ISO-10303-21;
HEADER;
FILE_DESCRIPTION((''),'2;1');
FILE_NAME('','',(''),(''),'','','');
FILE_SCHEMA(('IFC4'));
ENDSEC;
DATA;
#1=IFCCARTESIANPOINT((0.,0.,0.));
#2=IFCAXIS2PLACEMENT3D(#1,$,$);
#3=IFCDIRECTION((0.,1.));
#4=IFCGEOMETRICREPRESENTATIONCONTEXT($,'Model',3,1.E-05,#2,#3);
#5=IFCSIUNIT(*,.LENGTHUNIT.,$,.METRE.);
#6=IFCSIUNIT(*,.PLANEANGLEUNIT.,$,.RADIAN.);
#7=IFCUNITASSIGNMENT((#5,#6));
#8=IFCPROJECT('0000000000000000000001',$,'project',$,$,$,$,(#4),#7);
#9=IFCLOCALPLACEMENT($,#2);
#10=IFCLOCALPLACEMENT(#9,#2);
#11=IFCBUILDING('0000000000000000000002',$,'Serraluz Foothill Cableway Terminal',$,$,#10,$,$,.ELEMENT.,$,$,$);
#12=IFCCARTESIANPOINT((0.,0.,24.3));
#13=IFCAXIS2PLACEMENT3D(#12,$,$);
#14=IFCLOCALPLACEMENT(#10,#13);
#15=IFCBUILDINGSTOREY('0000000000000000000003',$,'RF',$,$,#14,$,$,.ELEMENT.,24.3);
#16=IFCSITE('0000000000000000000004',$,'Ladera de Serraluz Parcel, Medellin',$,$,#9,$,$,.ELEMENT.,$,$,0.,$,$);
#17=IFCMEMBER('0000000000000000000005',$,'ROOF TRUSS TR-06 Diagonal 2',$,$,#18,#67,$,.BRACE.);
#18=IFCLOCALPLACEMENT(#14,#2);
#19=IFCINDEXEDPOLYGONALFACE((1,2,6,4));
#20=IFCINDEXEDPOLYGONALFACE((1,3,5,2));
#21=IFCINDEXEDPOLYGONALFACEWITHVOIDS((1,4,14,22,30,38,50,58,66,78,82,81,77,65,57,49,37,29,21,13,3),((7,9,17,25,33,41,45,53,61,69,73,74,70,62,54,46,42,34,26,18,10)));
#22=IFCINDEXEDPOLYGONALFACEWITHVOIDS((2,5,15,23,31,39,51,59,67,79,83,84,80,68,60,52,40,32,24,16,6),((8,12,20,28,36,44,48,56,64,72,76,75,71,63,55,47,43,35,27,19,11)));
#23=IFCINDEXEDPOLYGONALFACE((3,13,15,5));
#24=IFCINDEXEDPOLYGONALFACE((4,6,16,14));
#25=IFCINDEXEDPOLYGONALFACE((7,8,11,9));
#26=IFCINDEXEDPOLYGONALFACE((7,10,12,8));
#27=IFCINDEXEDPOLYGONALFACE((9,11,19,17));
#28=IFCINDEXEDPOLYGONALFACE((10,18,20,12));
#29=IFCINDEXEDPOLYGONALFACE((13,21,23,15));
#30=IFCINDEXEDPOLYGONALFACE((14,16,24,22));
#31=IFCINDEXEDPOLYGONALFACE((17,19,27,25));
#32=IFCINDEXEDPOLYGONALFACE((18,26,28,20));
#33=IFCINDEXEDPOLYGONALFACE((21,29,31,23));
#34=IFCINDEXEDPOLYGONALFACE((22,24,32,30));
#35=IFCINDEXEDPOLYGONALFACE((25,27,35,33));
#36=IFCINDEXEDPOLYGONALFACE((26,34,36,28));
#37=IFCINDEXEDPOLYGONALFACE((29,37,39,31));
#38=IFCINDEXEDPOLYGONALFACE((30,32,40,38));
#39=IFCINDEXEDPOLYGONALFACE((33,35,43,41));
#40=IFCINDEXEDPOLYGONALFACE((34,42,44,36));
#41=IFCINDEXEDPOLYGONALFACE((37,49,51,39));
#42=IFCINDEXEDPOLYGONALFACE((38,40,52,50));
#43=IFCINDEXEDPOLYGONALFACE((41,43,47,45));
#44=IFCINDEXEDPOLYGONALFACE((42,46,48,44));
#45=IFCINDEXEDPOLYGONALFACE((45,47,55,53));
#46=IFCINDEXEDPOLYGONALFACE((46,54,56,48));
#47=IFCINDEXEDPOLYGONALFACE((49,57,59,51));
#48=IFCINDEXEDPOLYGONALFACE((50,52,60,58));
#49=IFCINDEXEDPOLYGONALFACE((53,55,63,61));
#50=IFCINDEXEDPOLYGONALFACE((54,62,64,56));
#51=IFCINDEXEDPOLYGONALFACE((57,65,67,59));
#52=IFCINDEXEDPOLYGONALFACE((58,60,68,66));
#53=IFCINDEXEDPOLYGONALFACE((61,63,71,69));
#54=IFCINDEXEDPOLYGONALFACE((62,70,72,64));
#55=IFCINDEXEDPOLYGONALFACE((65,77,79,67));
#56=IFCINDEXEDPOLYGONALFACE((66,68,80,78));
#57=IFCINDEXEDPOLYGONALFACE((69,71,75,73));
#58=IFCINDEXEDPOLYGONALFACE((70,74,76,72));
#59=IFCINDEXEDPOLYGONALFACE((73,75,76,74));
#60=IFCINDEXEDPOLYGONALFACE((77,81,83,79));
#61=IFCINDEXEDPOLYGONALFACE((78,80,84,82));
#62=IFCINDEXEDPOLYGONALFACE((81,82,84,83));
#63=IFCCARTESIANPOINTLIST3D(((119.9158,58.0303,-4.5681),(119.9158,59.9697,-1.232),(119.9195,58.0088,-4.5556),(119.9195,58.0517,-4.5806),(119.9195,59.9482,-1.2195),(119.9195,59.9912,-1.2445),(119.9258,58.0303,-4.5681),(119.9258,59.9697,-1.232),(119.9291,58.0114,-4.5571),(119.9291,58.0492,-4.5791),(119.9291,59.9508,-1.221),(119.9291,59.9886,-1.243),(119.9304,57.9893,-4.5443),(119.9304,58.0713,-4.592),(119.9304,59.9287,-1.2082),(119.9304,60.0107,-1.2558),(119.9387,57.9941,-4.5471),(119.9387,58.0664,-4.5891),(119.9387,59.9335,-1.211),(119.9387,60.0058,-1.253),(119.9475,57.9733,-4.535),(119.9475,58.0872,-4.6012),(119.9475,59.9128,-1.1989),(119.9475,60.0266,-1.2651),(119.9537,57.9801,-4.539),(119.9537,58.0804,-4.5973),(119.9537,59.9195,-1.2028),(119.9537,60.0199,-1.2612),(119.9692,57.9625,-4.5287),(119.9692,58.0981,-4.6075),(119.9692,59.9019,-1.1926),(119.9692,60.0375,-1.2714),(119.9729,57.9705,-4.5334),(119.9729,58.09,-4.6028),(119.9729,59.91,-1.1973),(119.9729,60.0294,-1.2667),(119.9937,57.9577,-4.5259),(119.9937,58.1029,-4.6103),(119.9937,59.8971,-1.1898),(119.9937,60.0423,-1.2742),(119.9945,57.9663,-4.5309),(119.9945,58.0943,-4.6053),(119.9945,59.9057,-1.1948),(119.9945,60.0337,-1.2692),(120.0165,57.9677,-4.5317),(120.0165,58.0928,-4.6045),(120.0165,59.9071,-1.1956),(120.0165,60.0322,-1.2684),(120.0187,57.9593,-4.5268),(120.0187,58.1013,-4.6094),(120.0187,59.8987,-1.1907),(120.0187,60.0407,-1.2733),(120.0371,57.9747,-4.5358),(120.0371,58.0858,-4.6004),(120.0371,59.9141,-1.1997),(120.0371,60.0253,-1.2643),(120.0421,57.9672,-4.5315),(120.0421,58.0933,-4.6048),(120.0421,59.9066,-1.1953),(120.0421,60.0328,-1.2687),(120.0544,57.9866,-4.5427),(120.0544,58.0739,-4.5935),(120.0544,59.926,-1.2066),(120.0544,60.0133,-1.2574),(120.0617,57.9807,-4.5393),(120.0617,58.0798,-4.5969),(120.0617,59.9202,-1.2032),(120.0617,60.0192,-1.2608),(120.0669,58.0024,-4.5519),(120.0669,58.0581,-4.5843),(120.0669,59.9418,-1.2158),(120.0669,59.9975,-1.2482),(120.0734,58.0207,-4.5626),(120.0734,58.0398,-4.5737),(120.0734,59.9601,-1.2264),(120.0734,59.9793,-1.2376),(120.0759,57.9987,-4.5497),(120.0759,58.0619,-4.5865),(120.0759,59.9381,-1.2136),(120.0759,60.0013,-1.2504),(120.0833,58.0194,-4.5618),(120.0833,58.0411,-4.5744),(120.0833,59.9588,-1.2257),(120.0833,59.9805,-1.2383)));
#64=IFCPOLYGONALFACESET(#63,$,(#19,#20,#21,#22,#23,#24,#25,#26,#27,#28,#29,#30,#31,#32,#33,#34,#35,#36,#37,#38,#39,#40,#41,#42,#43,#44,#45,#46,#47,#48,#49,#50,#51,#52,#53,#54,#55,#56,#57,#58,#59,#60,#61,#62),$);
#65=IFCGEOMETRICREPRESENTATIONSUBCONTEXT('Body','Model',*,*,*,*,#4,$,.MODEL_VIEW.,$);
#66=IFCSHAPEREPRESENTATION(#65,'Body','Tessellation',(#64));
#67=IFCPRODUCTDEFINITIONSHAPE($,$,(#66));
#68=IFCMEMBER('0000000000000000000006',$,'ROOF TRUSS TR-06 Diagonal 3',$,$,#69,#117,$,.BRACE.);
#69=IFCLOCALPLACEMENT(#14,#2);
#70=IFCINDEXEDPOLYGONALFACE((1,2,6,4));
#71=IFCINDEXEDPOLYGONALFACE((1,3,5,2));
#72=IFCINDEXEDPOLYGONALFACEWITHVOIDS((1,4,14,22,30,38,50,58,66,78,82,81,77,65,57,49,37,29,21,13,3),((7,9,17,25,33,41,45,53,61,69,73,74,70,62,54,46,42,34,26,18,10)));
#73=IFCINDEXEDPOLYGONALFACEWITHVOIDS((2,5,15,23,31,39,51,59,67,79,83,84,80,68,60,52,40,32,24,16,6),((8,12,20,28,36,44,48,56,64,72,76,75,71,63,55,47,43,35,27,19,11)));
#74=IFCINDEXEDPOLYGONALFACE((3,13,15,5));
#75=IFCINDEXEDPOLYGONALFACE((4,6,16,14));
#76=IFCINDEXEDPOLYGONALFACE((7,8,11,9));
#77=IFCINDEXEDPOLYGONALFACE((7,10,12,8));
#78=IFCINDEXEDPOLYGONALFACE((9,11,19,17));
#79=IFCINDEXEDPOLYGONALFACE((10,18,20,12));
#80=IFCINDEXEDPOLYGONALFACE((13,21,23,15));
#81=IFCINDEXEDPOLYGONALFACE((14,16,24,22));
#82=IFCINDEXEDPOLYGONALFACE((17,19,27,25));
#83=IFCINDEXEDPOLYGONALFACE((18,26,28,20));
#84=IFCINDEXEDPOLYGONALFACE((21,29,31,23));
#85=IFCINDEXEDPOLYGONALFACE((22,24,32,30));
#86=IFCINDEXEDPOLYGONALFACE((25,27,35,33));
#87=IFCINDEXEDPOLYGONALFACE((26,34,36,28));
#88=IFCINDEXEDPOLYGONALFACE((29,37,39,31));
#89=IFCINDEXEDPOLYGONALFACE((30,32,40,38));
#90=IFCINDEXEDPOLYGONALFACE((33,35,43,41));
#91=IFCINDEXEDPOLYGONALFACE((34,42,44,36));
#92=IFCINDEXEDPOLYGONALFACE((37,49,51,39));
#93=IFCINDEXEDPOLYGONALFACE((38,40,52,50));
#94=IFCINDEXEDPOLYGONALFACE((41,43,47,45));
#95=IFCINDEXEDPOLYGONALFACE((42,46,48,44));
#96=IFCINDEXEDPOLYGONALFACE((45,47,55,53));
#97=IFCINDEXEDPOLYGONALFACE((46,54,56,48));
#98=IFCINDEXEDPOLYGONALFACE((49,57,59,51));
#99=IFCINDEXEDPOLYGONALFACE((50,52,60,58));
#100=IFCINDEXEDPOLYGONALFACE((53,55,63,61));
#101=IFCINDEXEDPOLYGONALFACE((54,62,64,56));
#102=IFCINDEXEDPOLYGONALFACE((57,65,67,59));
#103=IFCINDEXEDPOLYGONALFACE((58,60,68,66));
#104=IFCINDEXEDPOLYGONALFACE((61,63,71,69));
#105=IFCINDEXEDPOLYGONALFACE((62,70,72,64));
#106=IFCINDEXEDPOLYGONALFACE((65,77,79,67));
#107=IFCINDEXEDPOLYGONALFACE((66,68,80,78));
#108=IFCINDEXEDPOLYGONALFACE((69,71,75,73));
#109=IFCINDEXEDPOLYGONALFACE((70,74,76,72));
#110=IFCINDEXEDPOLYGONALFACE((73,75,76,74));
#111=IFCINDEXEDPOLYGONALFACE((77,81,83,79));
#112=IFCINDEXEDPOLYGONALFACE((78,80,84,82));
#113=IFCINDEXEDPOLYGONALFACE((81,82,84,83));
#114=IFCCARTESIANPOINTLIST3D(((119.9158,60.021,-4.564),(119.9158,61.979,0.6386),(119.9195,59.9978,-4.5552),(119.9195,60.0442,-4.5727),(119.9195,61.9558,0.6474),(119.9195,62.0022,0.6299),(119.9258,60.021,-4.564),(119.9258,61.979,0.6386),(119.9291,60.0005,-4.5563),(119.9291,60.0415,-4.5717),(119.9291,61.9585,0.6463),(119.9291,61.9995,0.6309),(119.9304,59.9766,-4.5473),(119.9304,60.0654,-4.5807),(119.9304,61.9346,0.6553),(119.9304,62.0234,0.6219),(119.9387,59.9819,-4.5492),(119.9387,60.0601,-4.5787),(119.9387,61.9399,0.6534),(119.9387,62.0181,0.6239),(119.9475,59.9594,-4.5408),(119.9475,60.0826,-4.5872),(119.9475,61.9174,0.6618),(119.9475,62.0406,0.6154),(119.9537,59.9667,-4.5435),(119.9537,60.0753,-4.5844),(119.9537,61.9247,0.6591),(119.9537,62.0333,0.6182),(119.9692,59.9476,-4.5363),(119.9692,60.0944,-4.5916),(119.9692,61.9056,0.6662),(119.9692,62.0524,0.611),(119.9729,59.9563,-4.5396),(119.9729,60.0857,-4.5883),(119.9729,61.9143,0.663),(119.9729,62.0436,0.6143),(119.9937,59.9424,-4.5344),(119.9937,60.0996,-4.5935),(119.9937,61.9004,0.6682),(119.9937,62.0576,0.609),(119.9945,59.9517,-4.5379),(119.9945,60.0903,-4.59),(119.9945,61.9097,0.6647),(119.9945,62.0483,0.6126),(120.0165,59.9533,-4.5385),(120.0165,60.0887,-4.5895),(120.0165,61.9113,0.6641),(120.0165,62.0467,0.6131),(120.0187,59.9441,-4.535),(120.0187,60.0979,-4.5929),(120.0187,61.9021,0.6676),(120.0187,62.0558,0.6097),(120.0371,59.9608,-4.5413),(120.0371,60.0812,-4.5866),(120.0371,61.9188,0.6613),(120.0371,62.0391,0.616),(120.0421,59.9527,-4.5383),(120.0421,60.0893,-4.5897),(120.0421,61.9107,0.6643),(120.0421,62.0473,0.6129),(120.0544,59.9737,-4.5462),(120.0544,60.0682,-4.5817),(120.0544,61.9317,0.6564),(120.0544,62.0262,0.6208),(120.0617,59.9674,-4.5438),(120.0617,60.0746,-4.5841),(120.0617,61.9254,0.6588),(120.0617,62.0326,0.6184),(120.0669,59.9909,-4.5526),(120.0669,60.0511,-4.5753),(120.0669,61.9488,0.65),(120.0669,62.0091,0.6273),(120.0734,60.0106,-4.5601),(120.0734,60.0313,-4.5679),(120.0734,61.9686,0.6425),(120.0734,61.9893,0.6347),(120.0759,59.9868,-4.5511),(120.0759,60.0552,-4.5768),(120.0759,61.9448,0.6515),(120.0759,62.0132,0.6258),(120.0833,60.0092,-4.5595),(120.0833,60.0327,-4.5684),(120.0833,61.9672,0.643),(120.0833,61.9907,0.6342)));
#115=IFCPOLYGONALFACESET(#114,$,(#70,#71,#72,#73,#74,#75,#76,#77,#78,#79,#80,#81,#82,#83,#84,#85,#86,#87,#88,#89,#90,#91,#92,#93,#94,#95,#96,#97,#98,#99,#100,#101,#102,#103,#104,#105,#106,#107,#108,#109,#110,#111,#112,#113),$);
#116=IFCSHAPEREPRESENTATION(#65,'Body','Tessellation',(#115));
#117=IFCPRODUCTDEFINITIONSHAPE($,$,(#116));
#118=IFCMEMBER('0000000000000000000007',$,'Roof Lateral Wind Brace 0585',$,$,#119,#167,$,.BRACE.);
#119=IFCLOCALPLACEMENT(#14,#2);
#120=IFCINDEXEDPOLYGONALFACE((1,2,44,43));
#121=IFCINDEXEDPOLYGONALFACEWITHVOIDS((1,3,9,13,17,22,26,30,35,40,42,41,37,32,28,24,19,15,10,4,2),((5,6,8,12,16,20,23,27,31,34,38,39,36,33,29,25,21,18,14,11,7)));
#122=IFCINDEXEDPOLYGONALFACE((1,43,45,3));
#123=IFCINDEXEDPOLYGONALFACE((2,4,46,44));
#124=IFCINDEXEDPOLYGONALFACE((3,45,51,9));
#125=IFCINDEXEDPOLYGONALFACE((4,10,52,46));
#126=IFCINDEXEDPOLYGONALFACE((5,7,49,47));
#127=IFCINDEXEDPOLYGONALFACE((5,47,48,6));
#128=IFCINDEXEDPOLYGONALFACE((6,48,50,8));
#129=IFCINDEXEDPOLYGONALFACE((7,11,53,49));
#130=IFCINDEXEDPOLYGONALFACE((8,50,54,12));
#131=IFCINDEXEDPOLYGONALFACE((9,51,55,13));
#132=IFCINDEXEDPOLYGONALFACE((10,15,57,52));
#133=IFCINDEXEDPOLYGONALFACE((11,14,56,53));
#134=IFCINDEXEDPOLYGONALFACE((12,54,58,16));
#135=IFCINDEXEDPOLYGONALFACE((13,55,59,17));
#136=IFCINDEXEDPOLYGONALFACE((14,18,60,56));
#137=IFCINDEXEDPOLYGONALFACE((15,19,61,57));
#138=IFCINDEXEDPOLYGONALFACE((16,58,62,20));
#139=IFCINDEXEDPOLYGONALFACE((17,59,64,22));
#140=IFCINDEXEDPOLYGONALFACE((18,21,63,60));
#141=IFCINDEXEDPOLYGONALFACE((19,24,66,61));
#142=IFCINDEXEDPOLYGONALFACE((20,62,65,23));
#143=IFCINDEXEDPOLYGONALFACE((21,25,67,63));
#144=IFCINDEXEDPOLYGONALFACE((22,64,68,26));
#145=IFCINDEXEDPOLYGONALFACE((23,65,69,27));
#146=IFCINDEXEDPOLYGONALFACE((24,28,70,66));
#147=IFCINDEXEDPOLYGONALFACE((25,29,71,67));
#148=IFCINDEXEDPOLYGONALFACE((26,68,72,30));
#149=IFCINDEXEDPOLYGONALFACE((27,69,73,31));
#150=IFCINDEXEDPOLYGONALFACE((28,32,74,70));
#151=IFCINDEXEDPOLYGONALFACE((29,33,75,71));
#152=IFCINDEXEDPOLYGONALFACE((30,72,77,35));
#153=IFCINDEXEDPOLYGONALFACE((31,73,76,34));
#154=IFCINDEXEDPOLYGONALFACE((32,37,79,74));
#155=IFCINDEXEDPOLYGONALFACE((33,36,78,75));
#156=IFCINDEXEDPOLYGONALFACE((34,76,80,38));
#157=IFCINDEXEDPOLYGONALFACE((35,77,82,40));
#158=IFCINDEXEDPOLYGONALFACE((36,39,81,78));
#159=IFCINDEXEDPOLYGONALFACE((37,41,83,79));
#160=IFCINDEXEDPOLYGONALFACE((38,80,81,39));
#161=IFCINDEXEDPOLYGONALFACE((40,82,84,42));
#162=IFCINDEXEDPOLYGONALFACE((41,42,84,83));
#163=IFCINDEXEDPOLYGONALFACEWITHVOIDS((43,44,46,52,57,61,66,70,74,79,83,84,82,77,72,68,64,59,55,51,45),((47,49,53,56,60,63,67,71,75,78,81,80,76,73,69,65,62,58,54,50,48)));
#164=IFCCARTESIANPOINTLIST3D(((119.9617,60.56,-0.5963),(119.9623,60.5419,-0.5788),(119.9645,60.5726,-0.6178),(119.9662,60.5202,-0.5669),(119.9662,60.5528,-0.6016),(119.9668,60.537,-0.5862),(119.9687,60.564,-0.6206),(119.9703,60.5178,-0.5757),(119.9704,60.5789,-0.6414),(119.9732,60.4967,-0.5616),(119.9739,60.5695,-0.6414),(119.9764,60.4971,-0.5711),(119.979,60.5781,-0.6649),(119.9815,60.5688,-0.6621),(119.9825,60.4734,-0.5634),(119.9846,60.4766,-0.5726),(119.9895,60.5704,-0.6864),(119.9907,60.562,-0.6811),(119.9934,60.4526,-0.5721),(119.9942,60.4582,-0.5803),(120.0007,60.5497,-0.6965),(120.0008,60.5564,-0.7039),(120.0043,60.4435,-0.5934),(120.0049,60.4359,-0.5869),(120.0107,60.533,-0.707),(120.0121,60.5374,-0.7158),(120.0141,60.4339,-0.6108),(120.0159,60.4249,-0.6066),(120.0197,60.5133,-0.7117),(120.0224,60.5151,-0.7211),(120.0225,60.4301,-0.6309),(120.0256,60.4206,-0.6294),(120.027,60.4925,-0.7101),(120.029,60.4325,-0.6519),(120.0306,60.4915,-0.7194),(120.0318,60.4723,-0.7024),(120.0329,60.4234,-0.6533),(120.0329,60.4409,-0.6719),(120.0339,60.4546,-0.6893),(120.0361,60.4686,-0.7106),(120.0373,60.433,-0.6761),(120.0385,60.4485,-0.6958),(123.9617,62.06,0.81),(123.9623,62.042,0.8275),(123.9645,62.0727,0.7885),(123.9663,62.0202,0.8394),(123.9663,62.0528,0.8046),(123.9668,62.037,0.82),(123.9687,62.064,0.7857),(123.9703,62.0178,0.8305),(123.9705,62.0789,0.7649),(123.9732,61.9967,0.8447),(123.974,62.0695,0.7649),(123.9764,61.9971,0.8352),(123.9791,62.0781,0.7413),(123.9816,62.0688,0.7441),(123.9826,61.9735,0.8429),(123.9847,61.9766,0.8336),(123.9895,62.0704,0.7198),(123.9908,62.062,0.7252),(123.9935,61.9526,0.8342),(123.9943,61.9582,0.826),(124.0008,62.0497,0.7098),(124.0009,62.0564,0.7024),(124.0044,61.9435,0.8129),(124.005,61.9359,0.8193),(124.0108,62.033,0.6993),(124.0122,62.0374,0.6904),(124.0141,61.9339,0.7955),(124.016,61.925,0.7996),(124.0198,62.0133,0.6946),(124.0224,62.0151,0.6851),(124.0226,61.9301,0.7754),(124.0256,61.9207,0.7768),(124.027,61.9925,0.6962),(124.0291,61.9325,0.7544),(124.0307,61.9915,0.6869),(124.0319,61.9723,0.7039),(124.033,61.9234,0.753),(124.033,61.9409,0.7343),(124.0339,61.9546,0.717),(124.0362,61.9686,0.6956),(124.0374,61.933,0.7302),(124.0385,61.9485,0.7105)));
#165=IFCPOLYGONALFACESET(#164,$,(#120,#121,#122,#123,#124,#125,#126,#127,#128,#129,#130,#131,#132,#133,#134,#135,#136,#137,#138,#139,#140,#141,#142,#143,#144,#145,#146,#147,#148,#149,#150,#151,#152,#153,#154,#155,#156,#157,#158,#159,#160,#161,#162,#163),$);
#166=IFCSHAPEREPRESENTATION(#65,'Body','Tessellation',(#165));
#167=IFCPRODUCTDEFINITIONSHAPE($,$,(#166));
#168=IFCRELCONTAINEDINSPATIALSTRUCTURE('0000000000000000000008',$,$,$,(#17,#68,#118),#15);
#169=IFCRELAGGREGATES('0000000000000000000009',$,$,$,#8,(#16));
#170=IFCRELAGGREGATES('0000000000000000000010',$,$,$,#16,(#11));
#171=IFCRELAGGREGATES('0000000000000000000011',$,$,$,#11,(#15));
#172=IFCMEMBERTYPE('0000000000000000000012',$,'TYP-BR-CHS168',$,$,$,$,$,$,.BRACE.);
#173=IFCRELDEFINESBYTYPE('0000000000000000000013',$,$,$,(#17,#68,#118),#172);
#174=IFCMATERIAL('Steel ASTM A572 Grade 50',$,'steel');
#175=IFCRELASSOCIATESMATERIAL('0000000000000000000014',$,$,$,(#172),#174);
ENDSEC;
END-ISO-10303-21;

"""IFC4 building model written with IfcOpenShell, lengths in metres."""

from ifc_helpers import new_model, si_unit, direction, frame, origin, origin_2d, place, context, subcontext, project, spatial, hollow_circle, extrude, material, material_profile, profile_set, type_object, element, save


model = new_model("IFC4")

# Units and contexts
model_context = context("Model", 3, precision=1e-05, world=origin(), true_north=direction((0.0, 1.0)))
body_context = subcontext(model_context, "Body", "Model", "MODEL_VIEW")
ifc_project = project(units=[si_unit("LENGTHUNIT", "METRE"), si_unit("PLANEANGLEUNIT", "RADIAN")], contexts=[model_context])

# Site, building, storey
site_placement = place(None, origin())
site = spatial("IfcSite", under=ifc_project, at=site_placement, Name="Ladera de Serraluz Parcel, Medellin", CompositionType="ELEMENT", RefElevation=0.0)
building_placement = place(site_placement, origin())
building = spatial("IfcBuilding", under=site, at=building_placement, Name="Serraluz Foothill Cableway Terminal", CompositionType="ELEMENT")
storey_placement = place(building_placement, frame((0.0, 0.0, 24.3)))
storey = spatial("IfcBuildingStorey", under=building, at=storey_placement, Name="RF", CompositionType="ELEMENT", Elevation=24.3)

# Members
ifc_material_1 = material(Name="Steel ASTM A572 Grade 50", Category="steel")
ifc_material_profile_1 = material_profile(ifc_material_1, hollow_circle(Radius=0.0842, WallThickness=0.01, at=origin_2d()), Name="CHS168X10")
ifc_profile_set_1 = profile_set([ifc_material_profile_1], Name="Steel ASTM A572 Grade 50")
member_type_1 = type_object("IfcMemberType", Name="TYP-BR-CHS168", PredefinedType="BRACE", material=ifc_profile_set_1)
member_1_placement = place(storey_placement, frame((120.0, 58.0303, -4.5681), z_axis=(0.0, 0.502584, 0.864528), x_axis=(-1.0, 0.0, 0.0)))
element("IfcMember", 1, at=member_1_placement, inside=storey, type_object=member_type_1, Name="ROOF TRUSS TR-06 Diagonal 2", PredefinedType="BRACE", context=body_context, shape_type="SweptSolid", body=[
    extrude(hollow_circle(Radius=0.0842, WallThickness=0.01, at=origin_2d()), origin(), (0.0, 0.0, 1.0), 3.8589),
])
member_2_placement = place(storey_placement, frame((120.0, 60.021, -4.564), z_axis=(0.0, 0.35223, 0.935913), x_axis=(-1.0, 0.0, 0.0)))
element("IfcMember", 2, at=member_2_placement, inside=storey, type_object=member_type_1, Name="ROOF TRUSS TR-06 Diagonal 3", PredefinedType="BRACE", context=body_context, shape_type="SweptSolid", body=[
    extrude(hollow_circle(Radius=0.0842, WallThickness=0.01, at=origin_2d()), origin(), (0.0, 0.0, 1.0), 5.5588),
])
member_3_placement = place(storey_placement, frame((120.0, 60.5, -0.6414), z_axis=(0.889382, 0.333518, 0.312673), x_axis=(-0.351123, 0.936329, 0.0)))
element("IfcMember", 3, at=member_3_placement, inside=storey, type_object=member_type_1, Name="Roof Lateral Wind Brace 0585", PredefinedType="BRACE", context=body_context, shape_type="SweptSolid", body=[
    extrude(hollow_circle(Radius=0.0842, WallThickness=0.01, at=origin_2d()), origin(), (0.0, 0.0, 1.0), 4.4976),
])

save(model, "model.ifc")
